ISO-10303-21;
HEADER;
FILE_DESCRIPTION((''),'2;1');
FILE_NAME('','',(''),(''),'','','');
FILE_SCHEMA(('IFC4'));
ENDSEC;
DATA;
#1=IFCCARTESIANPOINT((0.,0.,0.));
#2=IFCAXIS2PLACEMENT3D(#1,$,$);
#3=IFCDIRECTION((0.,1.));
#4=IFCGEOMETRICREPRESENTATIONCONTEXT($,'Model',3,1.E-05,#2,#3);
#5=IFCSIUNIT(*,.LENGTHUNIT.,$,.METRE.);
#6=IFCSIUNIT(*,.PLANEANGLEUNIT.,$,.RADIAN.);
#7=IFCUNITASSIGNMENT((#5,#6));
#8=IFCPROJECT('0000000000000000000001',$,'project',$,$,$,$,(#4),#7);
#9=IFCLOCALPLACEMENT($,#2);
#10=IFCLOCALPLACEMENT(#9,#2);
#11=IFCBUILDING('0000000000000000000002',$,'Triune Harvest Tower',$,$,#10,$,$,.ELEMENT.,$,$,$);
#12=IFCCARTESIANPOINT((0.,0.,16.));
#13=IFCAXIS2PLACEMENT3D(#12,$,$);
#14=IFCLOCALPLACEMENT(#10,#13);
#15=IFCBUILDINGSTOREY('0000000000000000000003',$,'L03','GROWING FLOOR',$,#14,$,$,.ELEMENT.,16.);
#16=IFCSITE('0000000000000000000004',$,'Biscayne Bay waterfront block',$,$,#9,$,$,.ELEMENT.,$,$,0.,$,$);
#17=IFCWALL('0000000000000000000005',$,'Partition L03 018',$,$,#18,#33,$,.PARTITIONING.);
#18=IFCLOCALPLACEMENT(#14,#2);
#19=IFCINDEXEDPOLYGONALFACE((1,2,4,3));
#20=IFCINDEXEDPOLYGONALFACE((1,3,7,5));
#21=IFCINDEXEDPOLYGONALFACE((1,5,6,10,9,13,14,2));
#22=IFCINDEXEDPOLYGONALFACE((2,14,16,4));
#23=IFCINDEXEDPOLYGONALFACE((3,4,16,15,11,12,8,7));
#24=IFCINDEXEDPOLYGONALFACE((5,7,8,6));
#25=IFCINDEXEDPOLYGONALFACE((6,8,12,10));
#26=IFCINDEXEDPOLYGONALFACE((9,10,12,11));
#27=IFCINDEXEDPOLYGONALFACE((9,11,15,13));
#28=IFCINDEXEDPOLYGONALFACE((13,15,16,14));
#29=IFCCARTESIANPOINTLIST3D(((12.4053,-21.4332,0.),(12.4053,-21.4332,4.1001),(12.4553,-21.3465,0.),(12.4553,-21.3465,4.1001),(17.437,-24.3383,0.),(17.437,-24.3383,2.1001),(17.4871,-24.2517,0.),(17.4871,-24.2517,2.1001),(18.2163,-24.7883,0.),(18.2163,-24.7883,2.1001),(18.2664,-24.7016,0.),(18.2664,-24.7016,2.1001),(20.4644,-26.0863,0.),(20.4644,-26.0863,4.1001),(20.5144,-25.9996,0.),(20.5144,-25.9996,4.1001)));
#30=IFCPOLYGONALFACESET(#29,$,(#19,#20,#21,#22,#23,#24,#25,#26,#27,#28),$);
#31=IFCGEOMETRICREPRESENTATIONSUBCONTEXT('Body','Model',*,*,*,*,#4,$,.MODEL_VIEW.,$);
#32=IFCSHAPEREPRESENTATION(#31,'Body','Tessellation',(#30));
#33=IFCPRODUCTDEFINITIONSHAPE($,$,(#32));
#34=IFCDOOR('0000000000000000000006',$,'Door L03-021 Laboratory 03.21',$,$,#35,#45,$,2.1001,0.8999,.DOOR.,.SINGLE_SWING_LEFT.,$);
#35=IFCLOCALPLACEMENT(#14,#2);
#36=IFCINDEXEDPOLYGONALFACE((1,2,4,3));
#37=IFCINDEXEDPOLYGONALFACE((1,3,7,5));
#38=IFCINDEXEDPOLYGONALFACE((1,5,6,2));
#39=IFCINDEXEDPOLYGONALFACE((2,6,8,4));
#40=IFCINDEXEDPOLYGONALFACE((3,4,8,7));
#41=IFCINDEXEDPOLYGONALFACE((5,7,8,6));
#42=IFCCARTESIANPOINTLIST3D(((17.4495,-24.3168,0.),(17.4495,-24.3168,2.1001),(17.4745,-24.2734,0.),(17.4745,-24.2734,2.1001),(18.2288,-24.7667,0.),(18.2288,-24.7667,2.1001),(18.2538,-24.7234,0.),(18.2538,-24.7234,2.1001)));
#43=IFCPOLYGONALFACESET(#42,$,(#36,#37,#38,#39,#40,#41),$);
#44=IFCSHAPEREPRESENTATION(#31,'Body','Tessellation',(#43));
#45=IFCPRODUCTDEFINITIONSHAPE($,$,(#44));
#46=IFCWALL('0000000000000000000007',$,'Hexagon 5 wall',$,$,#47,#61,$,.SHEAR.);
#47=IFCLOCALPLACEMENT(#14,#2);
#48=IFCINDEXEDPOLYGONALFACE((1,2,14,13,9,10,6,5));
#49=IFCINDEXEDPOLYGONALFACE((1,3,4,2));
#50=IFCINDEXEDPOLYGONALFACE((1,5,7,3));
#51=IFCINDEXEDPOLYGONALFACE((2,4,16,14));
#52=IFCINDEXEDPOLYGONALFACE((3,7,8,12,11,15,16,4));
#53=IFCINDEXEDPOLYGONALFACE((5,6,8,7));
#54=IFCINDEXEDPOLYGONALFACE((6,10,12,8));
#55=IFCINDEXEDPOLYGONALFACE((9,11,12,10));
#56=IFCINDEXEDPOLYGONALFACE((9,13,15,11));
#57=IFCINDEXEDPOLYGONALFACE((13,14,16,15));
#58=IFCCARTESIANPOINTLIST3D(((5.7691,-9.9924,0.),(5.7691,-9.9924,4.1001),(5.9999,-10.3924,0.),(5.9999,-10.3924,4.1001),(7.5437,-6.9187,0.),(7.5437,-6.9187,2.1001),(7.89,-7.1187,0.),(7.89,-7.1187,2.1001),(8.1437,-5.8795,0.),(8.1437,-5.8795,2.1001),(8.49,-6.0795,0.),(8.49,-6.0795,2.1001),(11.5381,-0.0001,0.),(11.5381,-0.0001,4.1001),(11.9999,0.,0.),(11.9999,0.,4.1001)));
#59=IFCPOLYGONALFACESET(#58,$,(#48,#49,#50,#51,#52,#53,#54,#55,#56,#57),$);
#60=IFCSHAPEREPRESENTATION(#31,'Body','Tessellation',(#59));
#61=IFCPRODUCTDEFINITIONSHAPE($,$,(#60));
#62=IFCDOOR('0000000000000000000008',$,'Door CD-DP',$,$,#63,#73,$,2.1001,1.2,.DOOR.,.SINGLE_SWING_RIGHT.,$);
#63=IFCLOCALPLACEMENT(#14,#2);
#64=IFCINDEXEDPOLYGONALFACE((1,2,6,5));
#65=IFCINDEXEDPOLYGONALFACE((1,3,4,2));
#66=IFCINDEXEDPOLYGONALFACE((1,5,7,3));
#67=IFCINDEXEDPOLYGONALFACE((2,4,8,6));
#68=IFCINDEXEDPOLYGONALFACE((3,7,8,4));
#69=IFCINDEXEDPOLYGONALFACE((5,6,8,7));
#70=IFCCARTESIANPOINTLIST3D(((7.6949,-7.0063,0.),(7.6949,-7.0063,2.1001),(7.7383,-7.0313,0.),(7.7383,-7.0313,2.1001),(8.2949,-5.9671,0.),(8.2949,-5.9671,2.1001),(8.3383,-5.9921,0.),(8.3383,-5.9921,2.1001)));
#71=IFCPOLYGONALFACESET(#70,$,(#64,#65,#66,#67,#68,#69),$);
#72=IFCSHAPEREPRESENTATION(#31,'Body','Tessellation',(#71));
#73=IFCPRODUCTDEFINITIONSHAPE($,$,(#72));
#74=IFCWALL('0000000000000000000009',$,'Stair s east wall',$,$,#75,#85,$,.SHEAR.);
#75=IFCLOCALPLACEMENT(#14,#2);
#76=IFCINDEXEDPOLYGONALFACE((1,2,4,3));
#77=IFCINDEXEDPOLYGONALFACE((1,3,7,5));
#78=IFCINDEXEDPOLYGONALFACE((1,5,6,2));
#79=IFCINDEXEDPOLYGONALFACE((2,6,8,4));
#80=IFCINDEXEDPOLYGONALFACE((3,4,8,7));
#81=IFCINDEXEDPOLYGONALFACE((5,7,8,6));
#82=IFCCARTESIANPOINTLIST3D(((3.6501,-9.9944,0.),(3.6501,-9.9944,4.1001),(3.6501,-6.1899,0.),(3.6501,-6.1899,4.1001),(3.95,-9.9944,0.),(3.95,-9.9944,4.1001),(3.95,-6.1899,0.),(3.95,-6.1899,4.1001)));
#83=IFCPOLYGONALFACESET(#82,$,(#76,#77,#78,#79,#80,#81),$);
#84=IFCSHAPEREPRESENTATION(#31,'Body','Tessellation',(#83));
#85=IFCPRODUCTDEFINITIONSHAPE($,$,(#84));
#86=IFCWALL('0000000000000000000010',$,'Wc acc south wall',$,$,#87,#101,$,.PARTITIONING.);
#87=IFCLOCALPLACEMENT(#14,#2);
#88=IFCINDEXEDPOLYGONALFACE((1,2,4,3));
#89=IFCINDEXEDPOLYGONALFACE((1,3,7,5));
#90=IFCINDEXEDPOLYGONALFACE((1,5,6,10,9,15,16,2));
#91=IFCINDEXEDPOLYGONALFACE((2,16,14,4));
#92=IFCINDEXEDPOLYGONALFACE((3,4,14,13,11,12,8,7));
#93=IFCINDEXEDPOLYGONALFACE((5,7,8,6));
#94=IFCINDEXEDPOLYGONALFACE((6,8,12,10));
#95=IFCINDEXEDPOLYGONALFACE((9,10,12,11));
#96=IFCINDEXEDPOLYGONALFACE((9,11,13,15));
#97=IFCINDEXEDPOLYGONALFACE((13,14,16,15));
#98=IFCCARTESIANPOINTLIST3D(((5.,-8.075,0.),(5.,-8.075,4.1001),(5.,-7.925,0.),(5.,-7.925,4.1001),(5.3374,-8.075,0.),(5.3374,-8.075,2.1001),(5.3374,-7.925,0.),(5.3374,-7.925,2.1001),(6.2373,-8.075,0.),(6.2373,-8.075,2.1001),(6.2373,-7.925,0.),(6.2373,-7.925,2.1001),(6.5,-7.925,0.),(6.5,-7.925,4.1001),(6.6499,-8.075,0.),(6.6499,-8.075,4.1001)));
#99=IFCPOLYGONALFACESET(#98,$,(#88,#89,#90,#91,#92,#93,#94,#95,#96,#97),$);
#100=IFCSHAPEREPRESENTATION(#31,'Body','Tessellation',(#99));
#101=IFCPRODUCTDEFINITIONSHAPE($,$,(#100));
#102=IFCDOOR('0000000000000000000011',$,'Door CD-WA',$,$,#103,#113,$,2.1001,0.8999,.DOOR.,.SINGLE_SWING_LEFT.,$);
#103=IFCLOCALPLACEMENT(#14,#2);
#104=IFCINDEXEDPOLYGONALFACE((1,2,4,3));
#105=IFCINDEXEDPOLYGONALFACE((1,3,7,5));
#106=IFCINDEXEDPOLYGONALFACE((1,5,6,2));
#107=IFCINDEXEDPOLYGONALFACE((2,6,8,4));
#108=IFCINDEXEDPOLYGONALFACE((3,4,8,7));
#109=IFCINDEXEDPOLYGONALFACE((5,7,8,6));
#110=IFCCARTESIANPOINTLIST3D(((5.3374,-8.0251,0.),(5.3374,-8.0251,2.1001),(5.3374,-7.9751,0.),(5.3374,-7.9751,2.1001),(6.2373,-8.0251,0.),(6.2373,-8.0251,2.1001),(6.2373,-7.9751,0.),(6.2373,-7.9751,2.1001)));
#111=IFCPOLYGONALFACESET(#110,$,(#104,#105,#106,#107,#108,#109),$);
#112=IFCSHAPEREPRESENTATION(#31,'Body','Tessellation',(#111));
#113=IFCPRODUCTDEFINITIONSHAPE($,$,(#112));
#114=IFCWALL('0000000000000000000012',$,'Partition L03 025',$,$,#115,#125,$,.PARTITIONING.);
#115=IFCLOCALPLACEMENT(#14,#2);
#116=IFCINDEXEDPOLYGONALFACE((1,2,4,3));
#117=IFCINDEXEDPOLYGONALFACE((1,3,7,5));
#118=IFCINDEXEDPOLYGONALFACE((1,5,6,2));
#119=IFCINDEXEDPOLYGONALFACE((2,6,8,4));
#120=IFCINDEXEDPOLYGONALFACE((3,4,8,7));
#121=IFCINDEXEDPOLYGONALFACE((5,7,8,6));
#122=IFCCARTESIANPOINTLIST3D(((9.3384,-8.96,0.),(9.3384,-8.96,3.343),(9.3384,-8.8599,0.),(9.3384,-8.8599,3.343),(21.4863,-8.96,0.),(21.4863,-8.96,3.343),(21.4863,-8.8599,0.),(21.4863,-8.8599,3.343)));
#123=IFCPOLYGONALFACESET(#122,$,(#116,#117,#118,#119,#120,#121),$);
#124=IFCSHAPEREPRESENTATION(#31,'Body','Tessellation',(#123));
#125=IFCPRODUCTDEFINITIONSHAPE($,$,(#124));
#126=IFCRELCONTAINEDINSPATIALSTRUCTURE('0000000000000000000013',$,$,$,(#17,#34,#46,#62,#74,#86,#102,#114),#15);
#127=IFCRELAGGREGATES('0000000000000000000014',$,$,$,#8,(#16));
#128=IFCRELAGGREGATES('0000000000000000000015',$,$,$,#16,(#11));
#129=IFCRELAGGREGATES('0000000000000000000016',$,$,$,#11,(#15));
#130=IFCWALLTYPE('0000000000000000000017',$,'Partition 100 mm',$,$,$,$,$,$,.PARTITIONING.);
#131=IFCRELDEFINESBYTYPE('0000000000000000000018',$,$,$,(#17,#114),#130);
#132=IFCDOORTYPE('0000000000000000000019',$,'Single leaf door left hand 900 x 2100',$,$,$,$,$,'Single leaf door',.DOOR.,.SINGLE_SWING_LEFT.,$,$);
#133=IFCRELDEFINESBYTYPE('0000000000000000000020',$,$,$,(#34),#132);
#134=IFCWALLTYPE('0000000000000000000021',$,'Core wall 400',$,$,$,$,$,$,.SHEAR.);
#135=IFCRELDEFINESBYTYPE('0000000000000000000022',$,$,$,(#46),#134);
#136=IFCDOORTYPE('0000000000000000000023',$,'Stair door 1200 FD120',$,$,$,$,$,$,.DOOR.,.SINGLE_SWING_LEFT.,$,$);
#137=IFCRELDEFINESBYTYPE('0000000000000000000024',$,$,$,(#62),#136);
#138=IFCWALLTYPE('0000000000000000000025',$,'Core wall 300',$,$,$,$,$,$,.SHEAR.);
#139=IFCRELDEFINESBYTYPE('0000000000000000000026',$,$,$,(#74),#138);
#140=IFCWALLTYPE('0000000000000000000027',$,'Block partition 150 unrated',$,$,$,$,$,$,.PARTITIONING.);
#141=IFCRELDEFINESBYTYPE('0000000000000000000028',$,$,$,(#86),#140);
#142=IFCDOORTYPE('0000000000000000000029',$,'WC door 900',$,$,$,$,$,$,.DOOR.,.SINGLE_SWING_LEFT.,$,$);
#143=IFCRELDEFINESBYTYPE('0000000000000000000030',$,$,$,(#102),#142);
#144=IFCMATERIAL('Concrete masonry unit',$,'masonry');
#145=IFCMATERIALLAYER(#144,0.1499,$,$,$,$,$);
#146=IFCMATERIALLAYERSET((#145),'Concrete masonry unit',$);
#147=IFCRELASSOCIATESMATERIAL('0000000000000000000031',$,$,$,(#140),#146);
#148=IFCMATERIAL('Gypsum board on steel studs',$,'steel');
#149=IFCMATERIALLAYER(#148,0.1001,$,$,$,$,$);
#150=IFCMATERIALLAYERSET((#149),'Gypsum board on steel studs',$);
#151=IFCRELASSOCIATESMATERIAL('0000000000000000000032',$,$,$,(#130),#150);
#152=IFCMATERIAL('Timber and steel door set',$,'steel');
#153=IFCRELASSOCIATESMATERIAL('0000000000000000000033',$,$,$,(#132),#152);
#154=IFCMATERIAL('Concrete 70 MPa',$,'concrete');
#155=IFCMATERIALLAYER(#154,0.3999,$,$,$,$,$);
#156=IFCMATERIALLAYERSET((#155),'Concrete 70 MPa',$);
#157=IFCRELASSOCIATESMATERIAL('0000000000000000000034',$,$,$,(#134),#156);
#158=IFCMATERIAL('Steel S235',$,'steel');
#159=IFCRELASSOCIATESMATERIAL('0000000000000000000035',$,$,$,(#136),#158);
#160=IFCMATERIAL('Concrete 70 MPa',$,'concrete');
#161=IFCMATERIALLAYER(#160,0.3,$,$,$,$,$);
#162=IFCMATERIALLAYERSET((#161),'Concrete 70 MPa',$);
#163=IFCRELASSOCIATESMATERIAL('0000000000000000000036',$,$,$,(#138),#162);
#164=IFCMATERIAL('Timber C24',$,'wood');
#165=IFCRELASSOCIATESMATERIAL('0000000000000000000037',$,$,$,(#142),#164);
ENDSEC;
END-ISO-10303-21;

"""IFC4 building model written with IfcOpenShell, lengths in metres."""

from ifc_helpers import new_model, si_unit, direction, frame, frame_2d, origin, place, context, subcontext, project, spatial, polyline, rectangle, outline, extrude, source, transform, mapped, material, layer, layer_set, type_object, element, fill, save


model = new_model("IFC4")

# Units and contexts
model_context = context("Model", 3, precision=1e-05, world=origin(), true_north=direction((0.0, 1.0)))
body_context = subcontext(model_context, "Body", "Model", "MODEL_VIEW")
ifc_project = project(units=[si_unit("LENGTHUNIT", "METRE"), si_unit("PLANEANGLEUNIT", "RADIAN")], contexts=[model_context])

# Site, building, storey
site_placement = place(None, origin())
site = spatial("IfcSite", under=ifc_project, at=site_placement, Name="Biscayne Bay waterfront block", CompositionType="ELEMENT", RefElevation=0.0)
building_placement = place(site_placement, origin())
building = spatial("IfcBuilding", under=site, at=building_placement, Name="Triune Harvest Tower", CompositionType="ELEMENT")
storey_placement = place(building_placement, frame((0.0, 0.0, 16.0)))
storey = spatial("IfcBuildingStorey", under=building, at=storey_placement, Name="L03", Description="GROWING FLOOR", CompositionType="ELEMENT", Elevation=16.0)

# Shared definitions
ifc_material_1 = material(Name="Concrete masonry unit", Category="masonry")
ifc_layer_1 = layer(ifc_material_1, 0.1499)
ifc_layer_set_1 = layer_set([ifc_layer_1], Name="Concrete masonry unit")
wall_type_1 = type_object("IfcWallType", Name="Block partition 150 unrated", PredefinedType="PARTITIONING", material=ifc_layer_set_1)

# Shared definitions
ifc_material_2 = material(Name="Gypsum board on steel studs", Category="steel")
ifc_layer_2 = layer(ifc_material_2, 0.1001)
ifc_layer_set_2 = layer_set([ifc_layer_2], Name="Gypsum board on steel studs")
wall_type_2 = type_object("IfcWallType", Name="Partition 100 mm", PredefinedType="PARTITIONING", material=ifc_layer_set_2)

# Walls, openings, doors
wall_1_placement = place(storey_placement, frame((12.4304, -21.3899, 0.0), z_axis=(0.0, 0.0, 1.0), x_axis=(0.866018, -0.500013, 0.0)))
wall_1 = element("IfcWall", 1, at=wall_1_placement, inside=storey, type_object=wall_type_2, Name="Partition L03 018", PredefinedType="PARTITIONING", context=body_context, shape_type="SweptSolid", body=[
    extrude(rectangle(XDim=9.3059, YDim=0.1001, at=frame_2d((4.6528, 0.0))), origin(), (0.0, 0.0, 1.0), 4.1001),
])
opening_1_placement = place(wall_1_placement, frame((5.8101, 0.0, 0.0)))
opening_1 = element("IfcOpeningElement", 2, at=opening_1_placement, cuts=wall_1, PredefinedType="OPENING", context=body_context, shape_type="SweptSolid", body=[
    extrude(rectangle(XDim=0.8999, YDim=2.1001, at=frame_2d((0.45, 1.05))), frame((0.0, 0.0601, 0.0), z_axis=(0.0, -1.0, 0.0), x_axis=(1.0, 0.0, 0.0)), (0.0, 0.0, 1.0), 0.1201),
])
ifc_material_3 = material(Name="Timber and steel door set", Category="steel")
door_type_1 = type_object("IfcDoorType", Name="Single leaf door left hand 900 x 2100", ElementType="Single leaf door", OperationType="SINGLE_SWING_LEFT", PredefinedType="DOOR", material=ifc_material_3)
door_1_placement = place(opening_1_placement, origin())
door_1 = element("IfcDoor", 3, at=door_1_placement, inside=storey, type_object=door_type_1, Name="Door L03-021 Laboratory 03.21", OperationType="SINGLE_SWING_LEFT", OverallHeight=2.1001, OverallWidth=0.8999, PredefinedType="DOOR", context=body_context, shape_type="SweptSolid", body=[
    extrude(rectangle(XDim=0.8999, YDim=2.1001, at=frame_2d((0.45, 1.05))), frame((0.0, 0.0249, 0.0), z_axis=(0.0, -1.0, 0.0), x_axis=(1.0, 0.0, 0.0)), (0.0, 0.0, 1.0), 0.05),
])
fill(opening_1, door_1)
ifc_material_4 = material(Name="Concrete 70 MPa", Category="concrete")
ifc_layer_3 = layer(ifc_material_4, 0.3999)
ifc_layer_set_3 = layer_set([ifc_layer_3], Name="Concrete 70 MPa")
wall_type_3 = type_object("IfcWallType", Name="Core wall 400", PredefinedType="SHEAR", material=ifc_layer_set_3)
shared_shape_1 = source(origin(), body_context, "Body", "SweptSolid", [
    extrude(outline(polyline([(-0.1155, -0.2), (11.8845, -0.2), (11.6536, 0.2), (0.1155, 0.2), (-0.1155, -0.2)])), origin(), (0.0, 0.0, 1.0), 4.1001),
])
wall_2_placement = place(storey_placement, frame((5.8845, -10.1924, 0.0), z_axis=(0.0, 0.0, 1.0), x_axis=(0.499997, 0.866027, 0.0)))
wall_2 = element("IfcWall", 4, at=wall_2_placement, inside=storey, type_object=wall_type_3, Name="Hexagon 5 wall", PredefinedType="SHEAR", context=body_context, shape_type="MappedRepresentation", body=[
    mapped(shared_shape_1, transform((0.0, 0.0, 0.0), scale=1.0)),
])
opening_2_placement = place(wall_2_placement, frame((3.6646, 0.0, 0.0)))
opening_2 = element("IfcOpeningElement", 5, at=opening_2_placement, cuts=wall_2, PredefinedType="OPENING", context=body_context, shape_type="SweptSolid", body=[
    extrude(rectangle(XDim=1.2, YDim=2.1001, at=frame_2d((0.6001, 1.05))), frame((0.0, 0.21, 0.0), z_axis=(0.0, -1.0, 0.0), x_axis=(1.0, 0.0, 0.0)), (0.0, 0.0, 1.0), 0.4199),
])
ifc_material_5 = material(Name="Steel S235", Category="steel")
door_type_2 = type_object("IfcDoorType", Name="Stair door 1200 FD120", OperationType="SINGLE_SWING_LEFT", PredefinedType="DOOR", material=ifc_material_5)
door_2_placement = place(opening_2_placement, frame((1.2, 0.0, 0.0), z_axis=(0.0, 0.0, 1.0), x_axis=(-1.0, 0.0, 0.0)))
door_2 = element("IfcDoor", 6, at=door_2_placement, inside=storey, type_object=door_type_2, Name="Door CD-DP", OperationType="SINGLE_SWING_RIGHT", OverallHeight=2.1001, OverallWidth=1.2, PredefinedType="DOOR", context=body_context, shape_type="SweptSolid", body=[
    extrude(rectangle(XDim=1.2, YDim=2.1001, at=frame_2d((0.6001, 1.05))), frame((0.0, 0.0249, 0.0), z_axis=(0.0, -1.0, 0.0), x_axis=(1.0, 0.0, 0.0)), (0.0, 0.0, 1.0), 0.05),
])
fill(opening_2, door_2)

# Wall
ifc_material_6 = material(Name="Concrete 70 MPa", Category="concrete")
ifc_layer_4 = layer(ifc_material_6, 0.3)
ifc_layer_set_4 = layer_set([ifc_layer_4], Name="Concrete 70 MPa")
wall_type_4 = type_object("IfcWallType", Name="Core wall 300", PredefinedType="SHEAR", material=ifc_layer_set_4)
shared_shape_2 = source(origin(), body_context, "Body", "SweptSolid", [
    extrude(outline(polyline([(3.8, -0.1499), (-0.0044, -0.1499), (-0.0044, 0.1499), (3.8, 0.1499), (3.8, -0.1499)])), origin(), (0.0, 0.0, 1.0), 4.1001),
])
wall_3_placement = place(storey_placement, frame((3.8, -9.99, 0.0), z_axis=(0.0, 0.0, 1.0), x_axis=(0.0, 1.0, 0.0)))
element("IfcWall", 7, at=wall_3_placement, inside=storey, type_object=wall_type_4, Name="Stair s east wall", PredefinedType="SHEAR", context=body_context, shape_type="MappedRepresentation", body=[
    mapped(shared_shape_2, transform((0.0, 0.0, 0.0), scale=1.0)),
])

# Wall, opening, door
shared_shape_3 = source(origin(), body_context, "Body", "SweptSolid", [
    extrude(outline(polyline([(0.0, -0.075), (1.6499, -0.075), (1.5, 0.075), (0.0, 0.075), (0.0, -0.075)])), origin(), (0.0, 0.0, 1.0), 4.1001),
])
wall_4_placement = place(storey_placement, frame((5.0, -8.0, 0.0), z_axis=(0.0, 0.0, 1.0), x_axis=(1.0, 0.0, 0.0)))
wall_4 = element("IfcWall", 8, at=wall_4_placement, inside=storey, type_object=wall_type_1, Name="Wc acc south wall", PredefinedType="PARTITIONING", context=body_context, shape_type="MappedRepresentation", body=[
    mapped(shared_shape_3, transform((0.0, 0.0, 0.0), scale=1.0)),
])
opening_3_placement = place(wall_4_placement, frame((0.3374, 0.0, 0.0)))
opening_3 = element("IfcOpeningElement", 9, at=opening_3_placement, cuts=wall_4, PredefinedType="OPENING", context=body_context, shape_type="SweptSolid", body=[
    extrude(rectangle(XDim=0.8999, YDim=2.1001, at=frame_2d((0.45, 1.05))), frame((0.0, 0.085, 0.0), z_axis=(0.0, -1.0, 0.0), x_axis=(1.0, 0.0, 0.0)), (0.0, 0.0, 1.0), 0.1699),
])
ifc_material_7 = material(Name="Timber C24", Category="wood")
door_type_3 = type_object("IfcDoorType", Name="WC door 900", OperationType="SINGLE_SWING_LEFT", PredefinedType="DOOR", material=ifc_material_7)
door_3_placement = place(opening_3_placement, origin())
door_3 = element("IfcDoor", 10, at=door_3_placement, inside=storey, type_object=door_type_3, Name="Door CD-WA", OperationType="SINGLE_SWING_LEFT", OverallHeight=2.1001, OverallWidth=0.8999, PredefinedType="DOOR", context=body_context, shape_type="SweptSolid", body=[
    extrude(rectangle(XDim=0.8999, YDim=2.1001, at=frame_2d((0.45, 1.05))), frame((0.0, 0.0249, 0.0), z_axis=(0.0, -1.0, 0.0), x_axis=(1.0, 0.0, 0.0)), (0.0, 0.0, 1.0), 0.05),
])
fill(opening_3, door_3)

# Wall
shared_shape_4 = source(origin(), body_context, "Body", "SweptSolid", [
    extrude(rectangle(XDim=12.1479, YDim=0.1001, at=frame_2d((6.074, 0.0))), origin(), (0.0, 0.0, 1.0), 3.343),
])
wall_5_placement = place(storey_placement, frame((9.3384, -8.9099, 0.0), z_axis=(0.0, 0.0, 1.0), x_axis=(1.0, 0.0, 0.0)))
element("IfcWall", 11, at=wall_5_placement, inside=storey, type_object=wall_type_2, Name="Partition L03 025", PredefinedType="PARTITIONING", context=body_context, shape_type="MappedRepresentation", body=[
    mapped(shared_shape_4, transform((0.0, 0.0, 0.0), scale=1.0)),
])

save(model, "model.ifc")
